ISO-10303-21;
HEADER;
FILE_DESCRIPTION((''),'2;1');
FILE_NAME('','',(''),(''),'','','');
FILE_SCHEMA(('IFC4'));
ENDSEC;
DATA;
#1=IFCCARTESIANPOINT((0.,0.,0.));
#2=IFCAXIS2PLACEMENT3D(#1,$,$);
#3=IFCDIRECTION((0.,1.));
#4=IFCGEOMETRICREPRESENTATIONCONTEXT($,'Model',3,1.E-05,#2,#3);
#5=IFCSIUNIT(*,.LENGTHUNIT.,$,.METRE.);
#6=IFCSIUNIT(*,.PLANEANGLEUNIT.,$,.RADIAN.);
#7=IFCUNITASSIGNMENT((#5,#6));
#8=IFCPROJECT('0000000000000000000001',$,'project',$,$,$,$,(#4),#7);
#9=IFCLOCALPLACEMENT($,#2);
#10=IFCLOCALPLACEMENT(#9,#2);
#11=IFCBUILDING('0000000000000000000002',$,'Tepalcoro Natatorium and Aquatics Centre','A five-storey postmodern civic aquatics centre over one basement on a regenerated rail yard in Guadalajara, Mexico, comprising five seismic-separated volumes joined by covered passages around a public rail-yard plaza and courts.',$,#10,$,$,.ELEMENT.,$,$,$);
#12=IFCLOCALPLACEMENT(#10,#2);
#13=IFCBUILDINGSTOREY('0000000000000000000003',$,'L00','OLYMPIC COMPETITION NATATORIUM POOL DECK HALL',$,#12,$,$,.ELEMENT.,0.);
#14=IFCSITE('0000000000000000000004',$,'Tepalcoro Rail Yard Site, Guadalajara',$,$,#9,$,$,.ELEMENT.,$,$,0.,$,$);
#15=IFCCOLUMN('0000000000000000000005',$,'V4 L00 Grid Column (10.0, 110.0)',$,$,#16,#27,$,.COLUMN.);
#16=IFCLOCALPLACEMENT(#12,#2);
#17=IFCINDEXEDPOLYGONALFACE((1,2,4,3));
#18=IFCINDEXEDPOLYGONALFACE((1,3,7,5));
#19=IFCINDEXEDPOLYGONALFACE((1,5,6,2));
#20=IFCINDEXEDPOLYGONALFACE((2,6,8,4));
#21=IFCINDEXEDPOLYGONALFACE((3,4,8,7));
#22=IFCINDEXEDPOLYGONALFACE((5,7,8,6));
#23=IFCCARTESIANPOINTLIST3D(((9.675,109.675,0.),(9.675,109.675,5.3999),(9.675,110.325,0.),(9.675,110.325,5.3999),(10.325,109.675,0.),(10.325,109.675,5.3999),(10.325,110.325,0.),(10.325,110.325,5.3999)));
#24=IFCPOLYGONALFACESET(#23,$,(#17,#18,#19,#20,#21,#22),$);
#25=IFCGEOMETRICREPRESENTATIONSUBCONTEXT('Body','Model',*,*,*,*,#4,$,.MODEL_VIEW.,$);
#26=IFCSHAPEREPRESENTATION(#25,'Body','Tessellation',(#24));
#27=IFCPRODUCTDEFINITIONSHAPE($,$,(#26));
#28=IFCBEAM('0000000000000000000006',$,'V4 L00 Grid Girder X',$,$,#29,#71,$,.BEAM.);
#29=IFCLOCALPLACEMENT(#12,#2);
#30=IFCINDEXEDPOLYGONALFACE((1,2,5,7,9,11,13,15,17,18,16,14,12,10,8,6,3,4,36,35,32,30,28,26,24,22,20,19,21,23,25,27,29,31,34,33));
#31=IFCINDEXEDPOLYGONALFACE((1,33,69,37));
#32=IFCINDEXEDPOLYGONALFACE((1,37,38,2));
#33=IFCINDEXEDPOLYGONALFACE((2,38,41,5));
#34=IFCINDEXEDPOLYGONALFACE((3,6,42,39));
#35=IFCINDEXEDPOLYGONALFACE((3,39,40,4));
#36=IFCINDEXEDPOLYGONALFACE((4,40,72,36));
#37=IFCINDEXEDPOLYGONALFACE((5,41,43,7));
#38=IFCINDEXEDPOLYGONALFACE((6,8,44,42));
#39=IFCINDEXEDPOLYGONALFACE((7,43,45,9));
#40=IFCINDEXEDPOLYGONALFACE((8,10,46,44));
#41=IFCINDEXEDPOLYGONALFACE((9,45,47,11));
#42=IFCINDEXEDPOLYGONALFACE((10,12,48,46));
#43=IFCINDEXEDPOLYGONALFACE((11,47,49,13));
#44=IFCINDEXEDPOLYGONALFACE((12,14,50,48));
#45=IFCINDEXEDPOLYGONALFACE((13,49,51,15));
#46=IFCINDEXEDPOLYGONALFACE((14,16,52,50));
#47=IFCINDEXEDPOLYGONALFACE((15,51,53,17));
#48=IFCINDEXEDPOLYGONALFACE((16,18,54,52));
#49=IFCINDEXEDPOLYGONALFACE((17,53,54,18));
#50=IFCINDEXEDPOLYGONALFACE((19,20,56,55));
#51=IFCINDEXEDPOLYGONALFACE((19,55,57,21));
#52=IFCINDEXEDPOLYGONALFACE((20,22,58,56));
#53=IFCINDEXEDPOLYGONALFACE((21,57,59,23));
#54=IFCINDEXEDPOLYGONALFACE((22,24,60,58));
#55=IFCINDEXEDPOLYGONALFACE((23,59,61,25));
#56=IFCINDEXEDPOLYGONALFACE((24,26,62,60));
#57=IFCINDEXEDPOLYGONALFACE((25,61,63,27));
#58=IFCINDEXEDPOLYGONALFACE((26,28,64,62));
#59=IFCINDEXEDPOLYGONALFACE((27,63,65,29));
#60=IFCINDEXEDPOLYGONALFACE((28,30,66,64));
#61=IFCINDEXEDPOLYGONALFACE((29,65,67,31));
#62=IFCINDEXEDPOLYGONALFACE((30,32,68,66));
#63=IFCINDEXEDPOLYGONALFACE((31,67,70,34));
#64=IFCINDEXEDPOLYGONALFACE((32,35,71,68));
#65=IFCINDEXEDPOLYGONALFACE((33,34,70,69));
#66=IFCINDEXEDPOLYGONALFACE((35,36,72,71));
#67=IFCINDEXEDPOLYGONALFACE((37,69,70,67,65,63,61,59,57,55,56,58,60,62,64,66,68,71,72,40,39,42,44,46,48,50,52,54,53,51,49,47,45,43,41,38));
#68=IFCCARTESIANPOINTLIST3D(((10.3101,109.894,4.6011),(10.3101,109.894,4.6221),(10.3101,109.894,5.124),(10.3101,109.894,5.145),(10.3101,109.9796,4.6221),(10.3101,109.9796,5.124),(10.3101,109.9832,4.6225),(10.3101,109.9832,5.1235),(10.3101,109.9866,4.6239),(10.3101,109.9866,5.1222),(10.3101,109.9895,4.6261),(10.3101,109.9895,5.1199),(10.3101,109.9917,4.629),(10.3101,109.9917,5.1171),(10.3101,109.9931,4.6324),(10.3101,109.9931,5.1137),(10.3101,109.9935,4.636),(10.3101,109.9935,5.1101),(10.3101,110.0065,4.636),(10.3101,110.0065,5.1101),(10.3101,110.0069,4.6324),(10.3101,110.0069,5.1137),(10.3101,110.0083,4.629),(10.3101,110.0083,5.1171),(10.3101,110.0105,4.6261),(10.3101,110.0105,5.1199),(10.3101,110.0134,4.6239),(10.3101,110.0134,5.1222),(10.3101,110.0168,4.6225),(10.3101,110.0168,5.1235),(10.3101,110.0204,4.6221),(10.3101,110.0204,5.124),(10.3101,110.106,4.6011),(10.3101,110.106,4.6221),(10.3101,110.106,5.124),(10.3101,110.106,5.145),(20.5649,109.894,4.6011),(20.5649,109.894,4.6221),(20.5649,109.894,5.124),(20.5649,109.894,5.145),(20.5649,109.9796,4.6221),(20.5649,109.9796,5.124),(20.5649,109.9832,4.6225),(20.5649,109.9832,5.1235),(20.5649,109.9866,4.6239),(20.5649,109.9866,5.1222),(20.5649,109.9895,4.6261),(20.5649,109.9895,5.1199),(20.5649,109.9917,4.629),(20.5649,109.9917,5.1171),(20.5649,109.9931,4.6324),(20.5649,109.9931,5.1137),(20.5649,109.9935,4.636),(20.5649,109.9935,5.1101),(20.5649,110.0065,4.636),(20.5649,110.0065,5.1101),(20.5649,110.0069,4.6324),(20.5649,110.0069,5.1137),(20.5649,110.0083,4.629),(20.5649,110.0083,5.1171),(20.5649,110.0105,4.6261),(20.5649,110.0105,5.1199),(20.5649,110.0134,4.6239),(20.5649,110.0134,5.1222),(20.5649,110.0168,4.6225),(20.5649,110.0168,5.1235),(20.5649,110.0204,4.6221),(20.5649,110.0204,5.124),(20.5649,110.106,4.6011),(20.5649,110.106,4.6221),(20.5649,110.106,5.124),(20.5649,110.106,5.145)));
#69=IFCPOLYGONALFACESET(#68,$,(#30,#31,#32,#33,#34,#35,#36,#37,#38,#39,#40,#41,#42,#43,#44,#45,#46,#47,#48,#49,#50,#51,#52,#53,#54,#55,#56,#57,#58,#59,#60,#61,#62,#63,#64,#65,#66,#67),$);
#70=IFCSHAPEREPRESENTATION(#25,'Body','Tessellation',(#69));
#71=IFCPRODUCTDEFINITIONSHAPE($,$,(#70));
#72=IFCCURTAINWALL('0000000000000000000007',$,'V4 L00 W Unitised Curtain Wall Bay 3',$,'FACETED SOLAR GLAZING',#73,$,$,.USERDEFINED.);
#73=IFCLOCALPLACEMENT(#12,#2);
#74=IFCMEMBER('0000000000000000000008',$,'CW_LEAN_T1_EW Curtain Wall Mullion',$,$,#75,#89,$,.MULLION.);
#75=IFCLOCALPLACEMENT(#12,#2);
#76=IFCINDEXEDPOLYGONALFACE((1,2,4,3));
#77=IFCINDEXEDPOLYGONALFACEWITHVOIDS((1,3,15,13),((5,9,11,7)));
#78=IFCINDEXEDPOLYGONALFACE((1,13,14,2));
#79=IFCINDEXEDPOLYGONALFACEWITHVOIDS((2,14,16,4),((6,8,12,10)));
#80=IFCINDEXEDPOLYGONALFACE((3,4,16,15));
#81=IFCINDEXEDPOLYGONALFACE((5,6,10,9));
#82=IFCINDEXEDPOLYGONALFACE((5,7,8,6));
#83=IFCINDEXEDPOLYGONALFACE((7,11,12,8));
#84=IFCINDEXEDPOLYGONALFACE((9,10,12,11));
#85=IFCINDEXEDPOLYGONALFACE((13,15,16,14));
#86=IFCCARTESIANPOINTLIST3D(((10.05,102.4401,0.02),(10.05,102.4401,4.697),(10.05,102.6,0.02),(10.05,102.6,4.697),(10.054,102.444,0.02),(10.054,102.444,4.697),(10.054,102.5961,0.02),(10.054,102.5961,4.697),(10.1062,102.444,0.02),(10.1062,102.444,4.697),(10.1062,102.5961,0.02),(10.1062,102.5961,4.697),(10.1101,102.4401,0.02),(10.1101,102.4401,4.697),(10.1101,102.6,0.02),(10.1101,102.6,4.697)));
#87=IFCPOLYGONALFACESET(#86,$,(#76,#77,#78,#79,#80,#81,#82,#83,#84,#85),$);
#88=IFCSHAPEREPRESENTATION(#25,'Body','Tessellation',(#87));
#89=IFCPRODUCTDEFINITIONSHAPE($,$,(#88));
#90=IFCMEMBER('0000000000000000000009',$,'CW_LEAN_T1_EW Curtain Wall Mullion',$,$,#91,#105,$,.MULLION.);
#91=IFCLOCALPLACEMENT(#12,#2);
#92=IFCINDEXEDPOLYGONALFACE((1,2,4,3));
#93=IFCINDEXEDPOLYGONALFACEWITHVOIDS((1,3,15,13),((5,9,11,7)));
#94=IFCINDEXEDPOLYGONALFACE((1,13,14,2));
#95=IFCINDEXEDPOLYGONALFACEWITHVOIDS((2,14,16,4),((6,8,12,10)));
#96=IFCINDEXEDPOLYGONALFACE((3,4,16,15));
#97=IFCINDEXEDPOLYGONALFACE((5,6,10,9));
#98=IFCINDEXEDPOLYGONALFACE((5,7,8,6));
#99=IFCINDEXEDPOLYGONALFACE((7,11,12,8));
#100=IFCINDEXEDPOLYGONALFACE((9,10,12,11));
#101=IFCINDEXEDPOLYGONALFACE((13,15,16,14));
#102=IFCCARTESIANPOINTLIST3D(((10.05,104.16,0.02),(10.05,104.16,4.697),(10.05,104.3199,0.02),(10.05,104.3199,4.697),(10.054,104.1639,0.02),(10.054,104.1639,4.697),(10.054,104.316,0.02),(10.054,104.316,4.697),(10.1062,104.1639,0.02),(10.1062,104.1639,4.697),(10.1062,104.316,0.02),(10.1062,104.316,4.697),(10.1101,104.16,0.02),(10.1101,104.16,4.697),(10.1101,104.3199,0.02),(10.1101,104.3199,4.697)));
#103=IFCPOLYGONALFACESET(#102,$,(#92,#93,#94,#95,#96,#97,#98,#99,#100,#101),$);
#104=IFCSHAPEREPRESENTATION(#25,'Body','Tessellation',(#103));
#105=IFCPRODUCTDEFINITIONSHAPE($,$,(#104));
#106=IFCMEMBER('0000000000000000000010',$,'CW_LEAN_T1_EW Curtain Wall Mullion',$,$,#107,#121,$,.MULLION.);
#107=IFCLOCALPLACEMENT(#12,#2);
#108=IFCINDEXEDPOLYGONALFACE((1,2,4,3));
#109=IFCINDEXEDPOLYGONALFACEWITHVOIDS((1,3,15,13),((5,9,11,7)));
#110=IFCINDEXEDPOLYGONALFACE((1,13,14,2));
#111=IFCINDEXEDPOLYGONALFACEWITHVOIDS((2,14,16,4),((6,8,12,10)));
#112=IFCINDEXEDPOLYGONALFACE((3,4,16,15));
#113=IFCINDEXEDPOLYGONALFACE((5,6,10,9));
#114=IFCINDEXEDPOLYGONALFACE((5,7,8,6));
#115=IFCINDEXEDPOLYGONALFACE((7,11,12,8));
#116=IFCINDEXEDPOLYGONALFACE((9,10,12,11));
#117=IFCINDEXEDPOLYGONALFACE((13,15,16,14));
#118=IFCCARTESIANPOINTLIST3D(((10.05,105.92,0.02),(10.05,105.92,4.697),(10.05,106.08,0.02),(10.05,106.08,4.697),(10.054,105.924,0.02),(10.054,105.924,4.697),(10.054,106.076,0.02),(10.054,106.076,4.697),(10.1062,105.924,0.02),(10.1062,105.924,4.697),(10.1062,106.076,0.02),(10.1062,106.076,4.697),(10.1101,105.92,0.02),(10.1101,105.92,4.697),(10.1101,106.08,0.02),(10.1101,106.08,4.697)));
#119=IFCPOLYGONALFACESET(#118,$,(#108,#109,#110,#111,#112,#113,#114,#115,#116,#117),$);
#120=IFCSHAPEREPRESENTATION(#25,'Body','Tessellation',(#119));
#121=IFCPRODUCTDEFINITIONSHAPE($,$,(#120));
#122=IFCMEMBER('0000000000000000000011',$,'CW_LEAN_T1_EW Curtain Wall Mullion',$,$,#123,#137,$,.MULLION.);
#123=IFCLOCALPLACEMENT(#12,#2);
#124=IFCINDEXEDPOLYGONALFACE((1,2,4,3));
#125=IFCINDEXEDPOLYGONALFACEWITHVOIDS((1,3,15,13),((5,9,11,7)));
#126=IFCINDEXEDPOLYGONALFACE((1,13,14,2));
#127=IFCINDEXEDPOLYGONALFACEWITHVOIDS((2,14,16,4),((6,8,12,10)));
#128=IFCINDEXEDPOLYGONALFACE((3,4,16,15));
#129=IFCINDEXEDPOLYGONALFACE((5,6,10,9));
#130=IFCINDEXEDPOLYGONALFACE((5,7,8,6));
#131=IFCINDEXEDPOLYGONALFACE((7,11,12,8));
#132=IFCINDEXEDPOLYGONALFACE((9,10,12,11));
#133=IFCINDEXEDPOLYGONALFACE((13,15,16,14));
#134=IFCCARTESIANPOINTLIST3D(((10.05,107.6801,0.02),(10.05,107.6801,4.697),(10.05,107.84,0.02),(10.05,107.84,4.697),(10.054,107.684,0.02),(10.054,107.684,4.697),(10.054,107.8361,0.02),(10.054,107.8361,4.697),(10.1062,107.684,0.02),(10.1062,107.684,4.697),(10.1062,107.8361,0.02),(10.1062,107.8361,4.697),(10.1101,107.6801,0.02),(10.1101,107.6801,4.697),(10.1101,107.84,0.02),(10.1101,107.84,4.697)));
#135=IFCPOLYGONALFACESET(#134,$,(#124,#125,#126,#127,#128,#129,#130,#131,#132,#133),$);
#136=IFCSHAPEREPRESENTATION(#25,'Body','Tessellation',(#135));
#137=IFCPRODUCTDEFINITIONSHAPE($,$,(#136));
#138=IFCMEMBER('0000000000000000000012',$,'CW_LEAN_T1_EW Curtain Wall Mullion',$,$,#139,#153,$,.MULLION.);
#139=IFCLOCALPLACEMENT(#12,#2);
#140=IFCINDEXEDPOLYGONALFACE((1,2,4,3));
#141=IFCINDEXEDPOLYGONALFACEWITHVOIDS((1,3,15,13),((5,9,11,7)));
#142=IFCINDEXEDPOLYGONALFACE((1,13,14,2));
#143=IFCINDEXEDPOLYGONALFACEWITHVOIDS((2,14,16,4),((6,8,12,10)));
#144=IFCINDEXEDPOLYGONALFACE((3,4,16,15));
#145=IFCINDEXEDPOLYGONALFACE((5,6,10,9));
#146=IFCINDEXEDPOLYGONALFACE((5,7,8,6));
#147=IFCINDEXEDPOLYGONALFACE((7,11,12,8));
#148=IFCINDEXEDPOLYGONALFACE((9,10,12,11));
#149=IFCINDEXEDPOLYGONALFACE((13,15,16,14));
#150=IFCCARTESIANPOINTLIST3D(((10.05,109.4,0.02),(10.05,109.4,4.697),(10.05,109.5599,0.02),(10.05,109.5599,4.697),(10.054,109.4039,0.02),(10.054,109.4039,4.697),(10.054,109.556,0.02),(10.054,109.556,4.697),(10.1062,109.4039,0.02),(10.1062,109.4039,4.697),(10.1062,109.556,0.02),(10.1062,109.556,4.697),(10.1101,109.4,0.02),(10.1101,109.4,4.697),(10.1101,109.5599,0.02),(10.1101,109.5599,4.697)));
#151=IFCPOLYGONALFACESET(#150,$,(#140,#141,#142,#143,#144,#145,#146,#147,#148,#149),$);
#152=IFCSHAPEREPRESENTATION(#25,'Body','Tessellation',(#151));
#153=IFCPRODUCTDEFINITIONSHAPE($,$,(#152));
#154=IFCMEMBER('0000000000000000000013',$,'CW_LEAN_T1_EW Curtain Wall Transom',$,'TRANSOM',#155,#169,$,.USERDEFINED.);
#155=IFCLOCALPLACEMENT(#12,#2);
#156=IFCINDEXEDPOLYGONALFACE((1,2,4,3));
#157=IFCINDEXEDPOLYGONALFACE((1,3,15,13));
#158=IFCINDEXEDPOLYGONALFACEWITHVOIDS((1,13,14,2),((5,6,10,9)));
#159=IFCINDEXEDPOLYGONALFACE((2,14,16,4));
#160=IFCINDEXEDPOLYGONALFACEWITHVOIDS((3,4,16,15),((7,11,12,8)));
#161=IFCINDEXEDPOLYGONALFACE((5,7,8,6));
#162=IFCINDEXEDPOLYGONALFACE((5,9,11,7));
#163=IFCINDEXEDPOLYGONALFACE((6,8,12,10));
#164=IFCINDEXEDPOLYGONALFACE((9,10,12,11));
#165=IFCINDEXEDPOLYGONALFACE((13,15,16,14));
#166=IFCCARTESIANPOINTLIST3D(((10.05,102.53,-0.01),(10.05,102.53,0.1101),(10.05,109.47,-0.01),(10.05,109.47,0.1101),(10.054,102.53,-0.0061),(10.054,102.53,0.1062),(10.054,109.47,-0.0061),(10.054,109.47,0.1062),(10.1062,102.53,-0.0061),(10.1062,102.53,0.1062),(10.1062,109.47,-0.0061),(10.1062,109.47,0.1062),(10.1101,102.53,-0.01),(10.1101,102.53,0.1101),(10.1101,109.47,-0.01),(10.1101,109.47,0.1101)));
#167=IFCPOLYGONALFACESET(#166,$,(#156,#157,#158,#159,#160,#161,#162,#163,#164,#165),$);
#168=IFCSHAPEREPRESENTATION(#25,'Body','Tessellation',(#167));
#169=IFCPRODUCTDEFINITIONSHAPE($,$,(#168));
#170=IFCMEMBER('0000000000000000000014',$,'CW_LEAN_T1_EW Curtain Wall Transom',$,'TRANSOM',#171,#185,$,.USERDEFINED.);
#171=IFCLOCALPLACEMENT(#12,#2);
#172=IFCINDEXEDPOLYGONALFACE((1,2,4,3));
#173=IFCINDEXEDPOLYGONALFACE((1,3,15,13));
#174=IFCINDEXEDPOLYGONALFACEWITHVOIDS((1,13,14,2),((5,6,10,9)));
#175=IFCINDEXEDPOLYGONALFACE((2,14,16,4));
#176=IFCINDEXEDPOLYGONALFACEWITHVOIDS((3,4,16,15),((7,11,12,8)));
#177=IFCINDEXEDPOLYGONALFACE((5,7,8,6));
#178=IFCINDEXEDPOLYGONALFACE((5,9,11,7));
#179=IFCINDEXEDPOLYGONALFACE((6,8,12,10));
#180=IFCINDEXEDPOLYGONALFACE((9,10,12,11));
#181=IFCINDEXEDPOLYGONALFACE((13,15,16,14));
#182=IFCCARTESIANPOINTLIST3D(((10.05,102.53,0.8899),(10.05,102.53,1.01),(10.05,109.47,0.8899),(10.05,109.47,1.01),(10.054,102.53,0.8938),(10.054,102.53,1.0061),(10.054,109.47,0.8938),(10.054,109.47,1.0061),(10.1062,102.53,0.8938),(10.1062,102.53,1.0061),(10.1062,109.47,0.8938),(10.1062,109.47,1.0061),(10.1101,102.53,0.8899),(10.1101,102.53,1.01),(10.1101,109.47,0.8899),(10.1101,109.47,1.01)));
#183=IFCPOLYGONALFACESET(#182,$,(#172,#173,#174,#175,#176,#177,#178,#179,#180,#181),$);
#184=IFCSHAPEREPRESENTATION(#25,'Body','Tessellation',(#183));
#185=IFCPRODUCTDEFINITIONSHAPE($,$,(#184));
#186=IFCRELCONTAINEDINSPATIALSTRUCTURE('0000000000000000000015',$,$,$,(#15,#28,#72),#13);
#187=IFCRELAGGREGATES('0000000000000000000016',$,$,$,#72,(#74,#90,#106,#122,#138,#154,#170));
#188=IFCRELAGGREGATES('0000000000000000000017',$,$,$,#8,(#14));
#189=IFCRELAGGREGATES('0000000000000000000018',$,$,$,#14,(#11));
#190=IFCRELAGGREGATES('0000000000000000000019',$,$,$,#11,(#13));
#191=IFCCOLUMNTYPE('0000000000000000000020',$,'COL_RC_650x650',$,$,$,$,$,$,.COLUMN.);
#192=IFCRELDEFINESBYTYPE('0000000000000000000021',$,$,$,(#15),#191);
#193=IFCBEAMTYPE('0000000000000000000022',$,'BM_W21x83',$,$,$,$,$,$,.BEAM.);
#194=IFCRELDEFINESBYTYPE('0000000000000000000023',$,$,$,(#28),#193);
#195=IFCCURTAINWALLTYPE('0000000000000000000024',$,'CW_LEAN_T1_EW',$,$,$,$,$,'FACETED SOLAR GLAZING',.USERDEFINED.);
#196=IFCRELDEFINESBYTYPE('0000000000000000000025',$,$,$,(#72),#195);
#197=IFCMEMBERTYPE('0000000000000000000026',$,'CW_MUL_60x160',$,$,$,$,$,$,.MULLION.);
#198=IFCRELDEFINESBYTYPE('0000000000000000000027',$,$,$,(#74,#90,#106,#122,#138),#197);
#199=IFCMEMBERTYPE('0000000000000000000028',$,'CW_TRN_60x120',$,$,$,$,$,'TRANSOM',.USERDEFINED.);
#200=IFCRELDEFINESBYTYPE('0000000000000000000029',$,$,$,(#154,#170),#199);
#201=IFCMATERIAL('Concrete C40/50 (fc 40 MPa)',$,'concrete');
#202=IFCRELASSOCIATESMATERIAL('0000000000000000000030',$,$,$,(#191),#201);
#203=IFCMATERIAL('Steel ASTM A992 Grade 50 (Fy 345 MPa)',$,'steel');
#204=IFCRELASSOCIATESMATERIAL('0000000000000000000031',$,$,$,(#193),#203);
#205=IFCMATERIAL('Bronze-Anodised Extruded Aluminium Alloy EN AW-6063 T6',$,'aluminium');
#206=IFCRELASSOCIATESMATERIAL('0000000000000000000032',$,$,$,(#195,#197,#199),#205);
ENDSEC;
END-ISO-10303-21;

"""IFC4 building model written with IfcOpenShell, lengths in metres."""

from ifc_helpers import new_model, si_unit, direction, frame, origin, origin_2d, place, context, subcontext, project, spatial, rectangle, hollow_rectangle, i_section, extrude, material, material_profile, profile_set, type_object, element, aggregate, save


model = new_model("IFC4")

# Units and contexts
model_context = context("Model", 3, precision=1e-05, world=origin(), true_north=direction((0.0, 1.0)))
body_context = subcontext(model_context, "Body", "Model", "MODEL_VIEW")
ifc_project = project(units=[si_unit("LENGTHUNIT", "METRE"), si_unit("PLANEANGLEUNIT", "RADIAN")], contexts=[model_context])

# Site, building, storey
site_placement = place(None, origin())
site = spatial("IfcSite", under=ifc_project, at=site_placement, Name="Tepalcoro Rail Yard Site, Guadalajara", CompositionType="ELEMENT", RefElevation=0.0)
building_placement = place(site_placement, origin())
building = spatial("IfcBuilding", under=site, at=building_placement, Name="Tepalcoro Natatorium and Aquatics Centre", Description="A five-storey postmodern civic aquatics centre over one basement on a regenerated rail yard in Guadalajara, Mexico, comprising five seismic-separated volumes joined by covered passages around a public rail-yard plaza and courts.", CompositionType="ELEMENT")
storey_placement = place(building_placement, origin())
storey = spatial("IfcBuildingStorey", under=building, at=storey_placement, Name="L00", Description="OLYMPIC COMPETITION NATATORIUM POOL DECK HALL", CompositionType="ELEMENT", Elevation=0.0)

# Column
ifc_material_1 = material(Name="Concrete C40/50 (fc 40 MPa)", Category="concrete")
ifc_material_profile_1 = material_profile(ifc_material_1, rectangle(XDim=0.6499, YDim=0.6499, at=origin_2d()), Name="RC650x650")
ifc_profile_set_1 = profile_set([ifc_material_profile_1], Name="Concrete C40/50 (fc 40 MPa)")
column_type = type_object("IfcColumnType", Name="COL_RC_650x650", PredefinedType="COLUMN", material=ifc_profile_set_1)
column_placement = place(storey_placement, frame((10.0, 110.0, 0.0), z_axis=(0.0, 0.0, 1.0), x_axis=(1.0, 0.0, 0.0)))
element("IfcColumn", 1, at=column_placement, inside=storey, type_object=column_type, Name="V4 L00 Grid Column (10.0, 110.0)", PredefinedType="COLUMN", context=body_context, shape_type="SweptSolid", body=[
    extrude(rectangle(XDim=0.6499, YDim=0.6499, at=origin_2d()), origin(), (0.0, 0.0, 1.0), 5.3999),
])

# Beam
ifc_material_2 = material(Name="Steel ASTM A992 Grade 50 (Fy 345 MPa)", Category="steel")
ifc_material_profile_2 = material_profile(ifc_material_2, i_section(OverallWidth=0.2119, OverallDepth=0.5439, WebThickness=0.0129, FlangeThickness=0.021, FilletRadius=0.0139, at=origin_2d()), Name="W21X83")
ifc_profile_set_2 = profile_set([ifc_material_profile_2], Name="Steel ASTM A992 Grade 50 (Fy 345 MPa)")
beam_type_1 = type_object("IfcBeamType", Name="BM_W21x83", PredefinedType="BEAM", material=ifc_profile_set_2)
beam_1_placement = place(storey_placement, frame((10.3101, 110.0, 4.873), z_axis=(1.0, 0.0, 0.0), x_axis=(0.0, 1.0, 0.0)))
element("IfcBeam", 2, at=beam_1_placement, inside=storey, type_object=beam_type_1, Name="V4 L00 Grid Girder X", PredefinedType="BEAM", context=body_context, shape_type="SweptSolid", body=[
    extrude(i_section(OverallWidth=0.2119, OverallDepth=0.5439, WebThickness=0.0129, FlangeThickness=0.021, FilletRadius=0.0139, at=origin_2d()), origin(), (0.0, 0.0, 1.0), 10.2549),
])

# Curtain wall, members
ifc_material_3 = material(Name="Bronze-Anodised Extruded Aluminium Alloy EN AW-6063 T6", Category="aluminium")
curtain_wall_type = type_object("IfcCurtainWallType", Name="CW_LEAN_T1_EW", ElementType="FACETED SOLAR GLAZING", PredefinedType="USERDEFINED", material=ifc_material_3)
curtain_wall_placement = place(storey_placement, origin())
curtain_wall = element("IfcCurtainWall", 3, at=curtain_wall_placement, inside=storey, type_object=curtain_wall_type, Name="V4 L00 W Unitised Curtain Wall Bay 3", ObjectType="FACETED SOLAR GLAZING", PredefinedType="USERDEFINED")
ifc_material_profile_3 = material_profile(ifc_material_3, hollow_rectangle(XDim=0.0601, YDim=0.1599, WallThickness=0.0039, at=origin_2d()), Name="AL60X160X4")
ifc_profile_set_3 = profile_set([ifc_material_profile_3], Name="Bronze-Anodised Extruded Aluminium Alloy EN AW-6063 T6")
member_type_1 = type_object("IfcMemberType", Name="CW_MUL_60x160", PredefinedType="MULLION", material=ifc_profile_set_3)
member_1_placement = place(storey_placement, frame((10.0801, 102.52, 0.02), z_axis=(0.0, 0.0, 1.0), x_axis=(1.0, 0.0, 0.0)))
member_1 = element("IfcMember", 4, at=member_1_placement, type_object=member_type_1, Name="CW_LEAN_T1_EW Curtain Wall Mullion", PredefinedType="MULLION", context=body_context, shape_type="SweptSolid", body=[
    extrude(hollow_rectangle(XDim=0.0601, YDim=0.1599, WallThickness=0.0039, at=origin_2d()), origin(), (0.0, 0.0, 1.0), 4.677),
])
member_2_placement = place(storey_placement, frame((10.0801, 104.24, 0.02), z_axis=(0.0, 0.0, 1.0), x_axis=(1.0, 0.0, 0.0)))
member_2 = element("IfcMember", 5, at=member_2_placement, type_object=member_type_1, Name="CW_LEAN_T1_EW Curtain Wall Mullion", PredefinedType="MULLION", context=body_context, shape_type="SweptSolid", body=[
    extrude(hollow_rectangle(XDim=0.0601, YDim=0.1599, WallThickness=0.0039, at=origin_2d()), origin(), (0.0, 0.0, 1.0), 4.677),
])
member_3_placement = place(storey_placement, frame((10.0801, 106.0, 0.02), z_axis=(0.0, 0.0, 1.0), x_axis=(1.0, 0.0, 0.0)))
member_3 = element("IfcMember", 6, at=member_3_placement, type_object=member_type_1, Name="CW_LEAN_T1_EW Curtain Wall Mullion", PredefinedType="MULLION", context=body_context, shape_type="SweptSolid", body=[
    extrude(hollow_rectangle(XDim=0.0601, YDim=0.1599, WallThickness=0.0039, at=origin_2d()), origin(), (0.0, 0.0, 1.0), 4.677),
])
member_4_placement = place(storey_placement, frame((10.0801, 107.76, 0.02), z_axis=(0.0, 0.0, 1.0), x_axis=(1.0, 0.0, 0.0)))
member_4 = element("IfcMember", 7, at=member_4_placement, type_object=member_type_1, Name="CW_LEAN_T1_EW Curtain Wall Mullion", PredefinedType="MULLION", context=body_context, shape_type="SweptSolid", body=[
    extrude(hollow_rectangle(XDim=0.0601, YDim=0.1599, WallThickness=0.0039, at=origin_2d()), origin(), (0.0, 0.0, 1.0), 4.677),
])
member_5_placement = place(storey_placement, frame((10.0801, 109.48, 0.02), z_axis=(0.0, 0.0, 1.0), x_axis=(1.0, 0.0, 0.0)))
member_5 = element("IfcMember", 8, at=member_5_placement, type_object=member_type_1, Name="CW_LEAN_T1_EW Curtain Wall Mullion", PredefinedType="MULLION", context=body_context, shape_type="SweptSolid", body=[
    extrude(hollow_rectangle(XDim=0.0601, YDim=0.1599, WallThickness=0.0039, at=origin_2d()), origin(), (0.0, 0.0, 1.0), 4.677),
])
ifc_material_profile_4 = material_profile(ifc_material_3, hollow_rectangle(XDim=0.0601, YDim=0.1201, WallThickness=0.0039, at=origin_2d()), Name="AL60X120X4")
ifc_profile_set_4 = profile_set([ifc_material_profile_4], Name="Bronze-Anodised Extruded Aluminium Alloy EN AW-6063 T6")
member_type_2 = type_object("IfcMemberType", Name="CW_TRN_60x120", ElementType="TRANSOM", PredefinedType="USERDEFINED", material=ifc_profile_set_4)
member_6_placement = place(storey_placement, frame((10.0801, 102.53, 0.05), z_axis=(0.0, 1.0, 0.0), x_axis=(-1.0, 0.0, 0.0)))
member_6 = element("IfcMember", 9, at=member_6_placement, type_object=member_type_2, Name="CW_LEAN_T1_EW Curtain Wall Transom", ObjectType="TRANSOM", PredefinedType="USERDEFINED", context=body_context, shape_type="SweptSolid", body=[
    extrude(hollow_rectangle(XDim=0.0601, YDim=0.1201, WallThickness=0.0039, at=origin_2d()), origin(), (0.0, 0.0, 1.0), 6.9399),
])
member_7_placement = place(storey_placement, frame((10.0801, 102.53, 0.95), z_axis=(0.0, 1.0, 0.0), x_axis=(-1.0, 0.0, 0.0)))
member_7 = element("IfcMember", 10, at=member_7_placement, type_object=member_type_2, Name="CW_LEAN_T1_EW Curtain Wall Transom", ObjectType="TRANSOM", PredefinedType="USERDEFINED", context=body_context, shape_type="SweptSolid", body=[
    extrude(hollow_rectangle(XDim=0.0601, YDim=0.1201, WallThickness=0.0039, at=origin_2d()), origin(), (0.0, 0.0, 1.0), 6.9399),
])

aggregate(curtain_wall, [member_1, member_2, member_3, member_4, member_5, member_6, member_7])

save(model, "model.ifc")
